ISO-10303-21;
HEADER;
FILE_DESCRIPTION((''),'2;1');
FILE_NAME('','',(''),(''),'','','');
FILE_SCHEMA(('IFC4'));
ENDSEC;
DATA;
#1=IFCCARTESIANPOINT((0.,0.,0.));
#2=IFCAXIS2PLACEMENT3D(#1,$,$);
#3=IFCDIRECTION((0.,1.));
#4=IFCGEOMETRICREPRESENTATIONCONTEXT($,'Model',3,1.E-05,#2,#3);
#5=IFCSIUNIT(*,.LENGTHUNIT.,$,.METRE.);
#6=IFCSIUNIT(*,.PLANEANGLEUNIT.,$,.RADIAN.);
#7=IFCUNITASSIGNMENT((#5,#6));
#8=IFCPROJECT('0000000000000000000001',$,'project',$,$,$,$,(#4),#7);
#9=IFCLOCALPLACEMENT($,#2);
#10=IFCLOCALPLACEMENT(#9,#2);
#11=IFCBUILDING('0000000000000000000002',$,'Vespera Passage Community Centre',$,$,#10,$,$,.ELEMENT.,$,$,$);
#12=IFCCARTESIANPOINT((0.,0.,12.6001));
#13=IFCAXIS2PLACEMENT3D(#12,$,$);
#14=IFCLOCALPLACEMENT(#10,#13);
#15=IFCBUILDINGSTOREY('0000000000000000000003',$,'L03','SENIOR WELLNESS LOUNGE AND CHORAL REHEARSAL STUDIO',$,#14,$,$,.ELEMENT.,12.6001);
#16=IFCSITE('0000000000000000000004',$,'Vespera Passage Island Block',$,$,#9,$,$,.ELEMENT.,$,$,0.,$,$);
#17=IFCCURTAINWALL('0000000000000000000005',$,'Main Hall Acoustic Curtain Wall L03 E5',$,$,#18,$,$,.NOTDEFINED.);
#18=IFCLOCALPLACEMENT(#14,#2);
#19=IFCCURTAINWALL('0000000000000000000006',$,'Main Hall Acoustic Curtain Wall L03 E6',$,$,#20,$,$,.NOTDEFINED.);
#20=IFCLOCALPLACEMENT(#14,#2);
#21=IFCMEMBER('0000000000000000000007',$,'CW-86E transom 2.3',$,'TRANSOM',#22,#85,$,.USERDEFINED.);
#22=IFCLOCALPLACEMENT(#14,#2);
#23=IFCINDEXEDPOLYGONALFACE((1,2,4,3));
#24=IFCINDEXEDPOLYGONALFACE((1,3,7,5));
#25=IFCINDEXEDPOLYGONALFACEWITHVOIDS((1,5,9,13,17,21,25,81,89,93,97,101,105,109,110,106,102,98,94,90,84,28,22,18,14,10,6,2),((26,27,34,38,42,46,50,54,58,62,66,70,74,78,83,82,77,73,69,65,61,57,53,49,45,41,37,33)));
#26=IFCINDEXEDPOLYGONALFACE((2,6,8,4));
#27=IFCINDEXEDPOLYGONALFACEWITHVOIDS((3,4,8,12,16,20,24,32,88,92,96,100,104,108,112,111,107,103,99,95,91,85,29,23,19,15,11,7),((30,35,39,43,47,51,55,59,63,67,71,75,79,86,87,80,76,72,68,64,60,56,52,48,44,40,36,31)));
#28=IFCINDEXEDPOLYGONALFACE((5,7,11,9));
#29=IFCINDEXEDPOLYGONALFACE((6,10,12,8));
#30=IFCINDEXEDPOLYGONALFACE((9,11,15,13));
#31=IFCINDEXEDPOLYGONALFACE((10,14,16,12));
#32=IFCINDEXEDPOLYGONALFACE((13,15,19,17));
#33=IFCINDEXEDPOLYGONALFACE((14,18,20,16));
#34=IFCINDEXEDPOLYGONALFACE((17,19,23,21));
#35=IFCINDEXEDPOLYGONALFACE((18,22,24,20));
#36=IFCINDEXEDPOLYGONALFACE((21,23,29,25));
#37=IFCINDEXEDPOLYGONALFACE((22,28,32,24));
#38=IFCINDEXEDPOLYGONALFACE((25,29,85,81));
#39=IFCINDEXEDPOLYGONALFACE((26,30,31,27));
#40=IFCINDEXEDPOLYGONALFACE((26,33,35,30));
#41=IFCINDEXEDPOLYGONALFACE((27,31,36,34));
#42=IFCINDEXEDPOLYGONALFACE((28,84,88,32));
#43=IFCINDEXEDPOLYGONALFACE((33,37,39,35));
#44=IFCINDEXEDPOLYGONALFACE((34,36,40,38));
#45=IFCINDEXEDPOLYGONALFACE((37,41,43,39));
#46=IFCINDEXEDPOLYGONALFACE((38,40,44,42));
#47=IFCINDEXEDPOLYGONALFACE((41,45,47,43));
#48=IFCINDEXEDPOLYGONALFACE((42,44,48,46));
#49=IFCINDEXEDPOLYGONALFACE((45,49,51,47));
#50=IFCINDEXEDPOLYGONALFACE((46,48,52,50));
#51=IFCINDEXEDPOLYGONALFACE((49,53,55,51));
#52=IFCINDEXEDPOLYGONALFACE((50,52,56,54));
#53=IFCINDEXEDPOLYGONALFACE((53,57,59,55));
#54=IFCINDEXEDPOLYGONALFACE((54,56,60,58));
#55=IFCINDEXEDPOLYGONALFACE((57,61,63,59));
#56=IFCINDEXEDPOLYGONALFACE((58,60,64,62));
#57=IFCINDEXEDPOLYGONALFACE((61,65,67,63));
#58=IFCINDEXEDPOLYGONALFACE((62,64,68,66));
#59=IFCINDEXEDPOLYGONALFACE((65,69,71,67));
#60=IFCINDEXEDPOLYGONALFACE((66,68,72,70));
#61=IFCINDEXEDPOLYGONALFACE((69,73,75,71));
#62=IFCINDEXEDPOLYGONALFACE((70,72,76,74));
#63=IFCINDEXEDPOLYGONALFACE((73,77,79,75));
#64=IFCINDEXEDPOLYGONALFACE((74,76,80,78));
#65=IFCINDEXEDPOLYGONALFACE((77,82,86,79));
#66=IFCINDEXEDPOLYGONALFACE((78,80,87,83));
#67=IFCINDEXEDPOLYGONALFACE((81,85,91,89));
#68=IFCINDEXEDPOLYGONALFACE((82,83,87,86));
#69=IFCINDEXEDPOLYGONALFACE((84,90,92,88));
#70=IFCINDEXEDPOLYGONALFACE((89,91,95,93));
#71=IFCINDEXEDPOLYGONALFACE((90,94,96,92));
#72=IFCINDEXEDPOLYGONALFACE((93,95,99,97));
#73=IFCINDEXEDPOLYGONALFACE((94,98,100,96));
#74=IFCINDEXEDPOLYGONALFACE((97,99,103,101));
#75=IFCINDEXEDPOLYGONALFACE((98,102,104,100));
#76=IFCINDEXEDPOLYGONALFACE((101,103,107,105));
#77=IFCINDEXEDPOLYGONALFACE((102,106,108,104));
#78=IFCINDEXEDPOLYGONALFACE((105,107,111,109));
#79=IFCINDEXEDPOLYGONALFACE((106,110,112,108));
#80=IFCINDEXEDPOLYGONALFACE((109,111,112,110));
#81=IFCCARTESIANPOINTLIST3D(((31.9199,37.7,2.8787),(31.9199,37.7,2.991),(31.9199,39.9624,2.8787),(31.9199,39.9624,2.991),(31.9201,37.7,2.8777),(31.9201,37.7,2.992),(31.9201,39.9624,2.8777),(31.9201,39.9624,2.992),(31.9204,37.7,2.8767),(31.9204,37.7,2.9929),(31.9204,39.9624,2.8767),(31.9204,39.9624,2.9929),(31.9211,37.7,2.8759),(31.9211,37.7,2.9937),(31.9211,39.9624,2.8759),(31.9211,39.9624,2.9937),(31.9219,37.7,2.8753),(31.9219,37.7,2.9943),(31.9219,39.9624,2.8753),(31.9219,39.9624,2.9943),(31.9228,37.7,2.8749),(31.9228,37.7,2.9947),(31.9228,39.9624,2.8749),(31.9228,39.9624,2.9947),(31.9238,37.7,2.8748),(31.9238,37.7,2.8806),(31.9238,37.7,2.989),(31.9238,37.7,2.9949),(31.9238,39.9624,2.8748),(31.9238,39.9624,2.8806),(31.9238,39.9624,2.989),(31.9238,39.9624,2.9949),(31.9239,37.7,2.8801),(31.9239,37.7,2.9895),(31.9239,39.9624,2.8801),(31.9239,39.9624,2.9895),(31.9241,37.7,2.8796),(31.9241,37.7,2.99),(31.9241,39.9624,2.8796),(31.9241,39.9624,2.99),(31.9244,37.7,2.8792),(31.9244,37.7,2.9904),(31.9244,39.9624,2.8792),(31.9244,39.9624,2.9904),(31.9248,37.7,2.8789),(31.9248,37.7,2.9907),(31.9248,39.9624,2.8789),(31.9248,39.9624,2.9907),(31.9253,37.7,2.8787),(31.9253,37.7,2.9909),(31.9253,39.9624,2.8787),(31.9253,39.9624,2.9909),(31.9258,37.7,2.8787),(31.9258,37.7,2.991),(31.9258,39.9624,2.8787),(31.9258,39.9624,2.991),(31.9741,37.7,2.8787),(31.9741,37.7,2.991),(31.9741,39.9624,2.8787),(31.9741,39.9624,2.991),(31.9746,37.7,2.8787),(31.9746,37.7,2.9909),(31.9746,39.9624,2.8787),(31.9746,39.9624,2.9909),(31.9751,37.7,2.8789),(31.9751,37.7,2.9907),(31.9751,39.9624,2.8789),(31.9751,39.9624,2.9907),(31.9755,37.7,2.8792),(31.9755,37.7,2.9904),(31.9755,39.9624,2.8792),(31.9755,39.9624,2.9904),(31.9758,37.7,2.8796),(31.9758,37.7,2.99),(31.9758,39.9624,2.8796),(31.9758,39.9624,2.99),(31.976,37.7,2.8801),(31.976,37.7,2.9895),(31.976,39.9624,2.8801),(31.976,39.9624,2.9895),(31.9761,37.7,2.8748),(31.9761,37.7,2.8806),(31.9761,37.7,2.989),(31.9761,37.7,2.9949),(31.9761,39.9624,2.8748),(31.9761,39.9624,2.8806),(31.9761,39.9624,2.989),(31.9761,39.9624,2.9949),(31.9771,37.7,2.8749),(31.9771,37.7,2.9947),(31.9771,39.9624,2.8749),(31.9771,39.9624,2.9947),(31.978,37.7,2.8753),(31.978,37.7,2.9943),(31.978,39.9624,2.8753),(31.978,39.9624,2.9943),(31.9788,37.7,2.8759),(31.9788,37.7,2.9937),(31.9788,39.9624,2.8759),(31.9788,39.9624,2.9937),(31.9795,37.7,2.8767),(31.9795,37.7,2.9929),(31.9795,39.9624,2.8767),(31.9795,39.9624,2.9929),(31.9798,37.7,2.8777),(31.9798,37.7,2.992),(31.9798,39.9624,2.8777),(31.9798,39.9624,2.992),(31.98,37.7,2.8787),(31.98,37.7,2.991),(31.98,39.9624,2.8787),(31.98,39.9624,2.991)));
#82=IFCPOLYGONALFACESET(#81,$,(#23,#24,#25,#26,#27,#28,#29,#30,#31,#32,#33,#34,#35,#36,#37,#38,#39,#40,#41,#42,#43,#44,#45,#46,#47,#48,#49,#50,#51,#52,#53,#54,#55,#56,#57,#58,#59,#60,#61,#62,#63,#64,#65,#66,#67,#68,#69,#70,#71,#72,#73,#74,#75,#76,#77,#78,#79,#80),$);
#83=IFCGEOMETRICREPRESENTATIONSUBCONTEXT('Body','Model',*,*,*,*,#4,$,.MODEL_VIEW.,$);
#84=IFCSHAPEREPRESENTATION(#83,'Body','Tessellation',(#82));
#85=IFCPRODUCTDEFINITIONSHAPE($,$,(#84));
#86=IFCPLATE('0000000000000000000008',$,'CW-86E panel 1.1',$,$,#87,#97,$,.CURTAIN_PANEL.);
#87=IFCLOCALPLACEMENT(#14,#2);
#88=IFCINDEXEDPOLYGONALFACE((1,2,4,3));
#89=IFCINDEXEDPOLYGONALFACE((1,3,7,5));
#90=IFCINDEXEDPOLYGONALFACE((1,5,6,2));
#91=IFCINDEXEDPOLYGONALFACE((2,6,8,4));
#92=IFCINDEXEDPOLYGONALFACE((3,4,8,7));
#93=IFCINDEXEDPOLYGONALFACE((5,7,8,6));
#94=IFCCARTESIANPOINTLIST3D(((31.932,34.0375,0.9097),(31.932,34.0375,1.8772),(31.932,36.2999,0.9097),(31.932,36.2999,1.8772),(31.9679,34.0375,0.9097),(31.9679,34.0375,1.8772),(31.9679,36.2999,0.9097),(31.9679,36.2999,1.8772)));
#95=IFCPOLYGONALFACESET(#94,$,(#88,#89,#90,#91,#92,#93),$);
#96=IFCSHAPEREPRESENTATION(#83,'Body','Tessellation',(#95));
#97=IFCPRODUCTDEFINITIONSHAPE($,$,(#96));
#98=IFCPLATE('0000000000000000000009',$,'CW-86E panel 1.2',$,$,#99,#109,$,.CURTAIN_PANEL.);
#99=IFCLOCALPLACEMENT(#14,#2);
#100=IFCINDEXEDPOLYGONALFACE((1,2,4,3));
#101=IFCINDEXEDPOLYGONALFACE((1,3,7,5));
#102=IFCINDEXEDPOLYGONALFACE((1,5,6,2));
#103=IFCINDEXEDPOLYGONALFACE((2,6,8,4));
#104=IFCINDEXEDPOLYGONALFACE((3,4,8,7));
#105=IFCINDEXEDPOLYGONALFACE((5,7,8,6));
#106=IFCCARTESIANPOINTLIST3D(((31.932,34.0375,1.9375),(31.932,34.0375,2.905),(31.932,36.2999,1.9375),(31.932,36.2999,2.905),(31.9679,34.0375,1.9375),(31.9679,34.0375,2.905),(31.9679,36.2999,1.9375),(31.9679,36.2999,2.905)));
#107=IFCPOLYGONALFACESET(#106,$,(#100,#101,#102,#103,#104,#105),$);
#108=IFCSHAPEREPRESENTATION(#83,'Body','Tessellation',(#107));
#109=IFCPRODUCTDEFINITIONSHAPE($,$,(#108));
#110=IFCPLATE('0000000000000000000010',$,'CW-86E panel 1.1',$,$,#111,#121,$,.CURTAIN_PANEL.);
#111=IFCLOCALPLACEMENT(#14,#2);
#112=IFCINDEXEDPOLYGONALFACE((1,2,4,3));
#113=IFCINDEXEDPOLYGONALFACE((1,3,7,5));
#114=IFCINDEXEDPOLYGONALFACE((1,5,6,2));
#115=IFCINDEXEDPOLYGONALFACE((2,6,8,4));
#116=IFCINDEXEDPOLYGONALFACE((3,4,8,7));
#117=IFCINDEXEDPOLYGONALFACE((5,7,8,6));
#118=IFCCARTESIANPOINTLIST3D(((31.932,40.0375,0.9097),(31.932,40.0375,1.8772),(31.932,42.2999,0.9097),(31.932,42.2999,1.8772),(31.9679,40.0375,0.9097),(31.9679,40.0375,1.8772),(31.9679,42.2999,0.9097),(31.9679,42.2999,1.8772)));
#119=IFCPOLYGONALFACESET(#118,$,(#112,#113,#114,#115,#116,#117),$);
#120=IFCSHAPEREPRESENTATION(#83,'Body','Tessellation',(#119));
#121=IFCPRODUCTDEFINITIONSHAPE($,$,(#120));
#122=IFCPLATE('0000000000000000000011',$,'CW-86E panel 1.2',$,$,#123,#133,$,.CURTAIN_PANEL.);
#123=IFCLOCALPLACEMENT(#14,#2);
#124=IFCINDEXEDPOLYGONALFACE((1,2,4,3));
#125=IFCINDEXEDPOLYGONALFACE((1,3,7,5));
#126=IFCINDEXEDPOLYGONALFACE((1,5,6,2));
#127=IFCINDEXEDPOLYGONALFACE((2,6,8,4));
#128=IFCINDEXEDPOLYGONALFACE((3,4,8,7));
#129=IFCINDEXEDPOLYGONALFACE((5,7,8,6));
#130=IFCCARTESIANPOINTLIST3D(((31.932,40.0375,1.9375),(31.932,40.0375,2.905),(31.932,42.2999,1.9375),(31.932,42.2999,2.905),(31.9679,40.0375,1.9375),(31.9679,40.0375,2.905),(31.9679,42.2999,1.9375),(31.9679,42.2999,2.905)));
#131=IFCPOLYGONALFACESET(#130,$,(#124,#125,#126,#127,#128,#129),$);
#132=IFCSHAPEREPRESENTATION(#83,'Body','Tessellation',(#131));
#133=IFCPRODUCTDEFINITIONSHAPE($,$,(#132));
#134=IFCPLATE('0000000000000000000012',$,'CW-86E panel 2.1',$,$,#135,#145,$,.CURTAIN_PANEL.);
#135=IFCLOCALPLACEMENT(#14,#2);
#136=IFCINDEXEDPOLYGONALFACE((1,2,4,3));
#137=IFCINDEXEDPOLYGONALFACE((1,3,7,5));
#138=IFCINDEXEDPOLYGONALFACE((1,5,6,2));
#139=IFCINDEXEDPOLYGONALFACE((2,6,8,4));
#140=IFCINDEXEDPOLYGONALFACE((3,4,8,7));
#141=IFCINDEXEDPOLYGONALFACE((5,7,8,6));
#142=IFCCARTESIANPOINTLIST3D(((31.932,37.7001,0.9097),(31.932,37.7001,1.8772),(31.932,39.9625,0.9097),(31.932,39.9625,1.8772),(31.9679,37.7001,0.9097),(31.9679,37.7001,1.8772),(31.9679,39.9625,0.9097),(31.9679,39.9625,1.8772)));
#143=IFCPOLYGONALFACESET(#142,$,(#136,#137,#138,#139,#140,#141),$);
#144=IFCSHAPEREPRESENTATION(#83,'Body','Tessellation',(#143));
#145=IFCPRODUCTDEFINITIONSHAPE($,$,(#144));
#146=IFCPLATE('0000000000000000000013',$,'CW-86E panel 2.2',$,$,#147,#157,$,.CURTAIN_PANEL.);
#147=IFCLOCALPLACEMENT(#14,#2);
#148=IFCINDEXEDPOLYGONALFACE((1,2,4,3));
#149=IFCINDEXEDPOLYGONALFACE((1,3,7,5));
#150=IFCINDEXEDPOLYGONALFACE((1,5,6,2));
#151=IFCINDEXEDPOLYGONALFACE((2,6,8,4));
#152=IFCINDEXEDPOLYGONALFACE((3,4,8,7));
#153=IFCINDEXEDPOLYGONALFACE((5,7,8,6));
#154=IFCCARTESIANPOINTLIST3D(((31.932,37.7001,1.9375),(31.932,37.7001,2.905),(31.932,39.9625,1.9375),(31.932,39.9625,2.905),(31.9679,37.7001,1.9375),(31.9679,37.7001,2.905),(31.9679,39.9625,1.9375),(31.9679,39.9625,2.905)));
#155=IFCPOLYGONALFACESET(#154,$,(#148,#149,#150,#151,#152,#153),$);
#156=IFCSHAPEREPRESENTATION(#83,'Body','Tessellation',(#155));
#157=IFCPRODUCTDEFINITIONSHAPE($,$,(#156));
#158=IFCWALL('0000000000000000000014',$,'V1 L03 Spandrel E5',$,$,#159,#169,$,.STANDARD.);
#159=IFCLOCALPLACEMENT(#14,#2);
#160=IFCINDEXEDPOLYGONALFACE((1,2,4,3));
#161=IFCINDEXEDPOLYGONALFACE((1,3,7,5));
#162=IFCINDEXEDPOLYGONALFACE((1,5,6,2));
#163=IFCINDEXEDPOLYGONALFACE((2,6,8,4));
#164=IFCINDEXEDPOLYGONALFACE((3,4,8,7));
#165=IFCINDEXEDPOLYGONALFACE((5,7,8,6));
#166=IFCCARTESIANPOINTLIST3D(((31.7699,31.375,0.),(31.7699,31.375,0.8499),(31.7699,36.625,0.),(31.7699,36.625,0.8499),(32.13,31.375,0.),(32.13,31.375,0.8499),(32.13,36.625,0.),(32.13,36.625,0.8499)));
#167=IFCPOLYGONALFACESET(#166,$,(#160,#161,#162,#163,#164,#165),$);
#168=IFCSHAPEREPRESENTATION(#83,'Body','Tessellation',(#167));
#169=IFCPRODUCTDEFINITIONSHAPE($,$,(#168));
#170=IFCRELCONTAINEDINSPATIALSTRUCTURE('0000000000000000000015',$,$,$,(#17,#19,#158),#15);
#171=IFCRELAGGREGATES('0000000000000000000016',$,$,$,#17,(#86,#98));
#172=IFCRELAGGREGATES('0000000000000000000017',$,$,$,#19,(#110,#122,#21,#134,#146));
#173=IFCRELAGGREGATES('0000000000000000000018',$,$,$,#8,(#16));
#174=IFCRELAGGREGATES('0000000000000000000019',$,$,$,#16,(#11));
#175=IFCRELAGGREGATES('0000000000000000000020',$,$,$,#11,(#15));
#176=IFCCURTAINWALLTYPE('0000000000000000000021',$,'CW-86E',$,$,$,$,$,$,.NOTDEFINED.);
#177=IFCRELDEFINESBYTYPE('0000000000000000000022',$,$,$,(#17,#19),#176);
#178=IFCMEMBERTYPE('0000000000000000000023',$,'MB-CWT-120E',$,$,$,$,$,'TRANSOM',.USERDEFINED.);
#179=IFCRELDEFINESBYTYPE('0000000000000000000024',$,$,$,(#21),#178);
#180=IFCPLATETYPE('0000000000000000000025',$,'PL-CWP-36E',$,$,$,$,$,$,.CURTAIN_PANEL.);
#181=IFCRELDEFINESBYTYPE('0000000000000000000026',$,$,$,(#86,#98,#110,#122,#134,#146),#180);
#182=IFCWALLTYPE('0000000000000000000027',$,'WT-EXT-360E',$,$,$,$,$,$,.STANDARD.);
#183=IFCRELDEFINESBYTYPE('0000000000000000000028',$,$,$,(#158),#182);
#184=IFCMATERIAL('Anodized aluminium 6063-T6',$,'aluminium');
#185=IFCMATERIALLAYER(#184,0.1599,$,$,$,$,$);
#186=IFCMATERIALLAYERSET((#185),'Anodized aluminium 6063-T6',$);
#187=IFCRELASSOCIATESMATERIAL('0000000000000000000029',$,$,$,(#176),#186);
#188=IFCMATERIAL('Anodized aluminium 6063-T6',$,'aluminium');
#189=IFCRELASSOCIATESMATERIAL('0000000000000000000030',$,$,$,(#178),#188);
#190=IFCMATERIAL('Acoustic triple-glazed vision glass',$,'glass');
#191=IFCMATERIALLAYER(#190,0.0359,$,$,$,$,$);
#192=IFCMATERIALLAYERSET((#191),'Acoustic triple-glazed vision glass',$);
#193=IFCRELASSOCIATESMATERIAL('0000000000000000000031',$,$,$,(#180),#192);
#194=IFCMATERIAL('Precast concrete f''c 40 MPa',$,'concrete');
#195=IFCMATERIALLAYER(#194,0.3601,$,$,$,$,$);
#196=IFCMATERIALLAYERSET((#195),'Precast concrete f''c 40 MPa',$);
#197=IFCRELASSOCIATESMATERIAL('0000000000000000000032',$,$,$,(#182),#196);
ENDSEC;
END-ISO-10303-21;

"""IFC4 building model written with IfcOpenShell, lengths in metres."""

from ifc_helpers import new_model, si_unit, direction, frame, frame_2d, origin, origin_2d, place, context, subcontext, project, spatial, rectangle, hollow_rectangle, extrude, material, layer, layer_set, material_profile, profile_set, type_object, element, aggregate, save


model = new_model("IFC4")

# Units and contexts
model_context = context("Model", 3, precision=1e-05, world=origin(), true_north=direction((0.0, 1.0)))
body_context = subcontext(model_context, "Body", "Model", "MODEL_VIEW")
ifc_project = project(units=[si_unit("LENGTHUNIT", "METRE"), si_unit("PLANEANGLEUNIT", "RADIAN")], contexts=[model_context])

# Site, building, storey
site_placement = place(None, origin())
site = spatial("IfcSite", under=ifc_project, at=site_placement, Name="Vespera Passage Island Block", CompositionType="ELEMENT", RefElevation=0.0)
building_placement = place(site_placement, origin())
building = spatial("IfcBuilding", under=site, at=building_placement, Name="Vespera Passage Community Centre", CompositionType="ELEMENT")
storey_placement = place(building_placement, frame((0.0, 0.0, 12.6001)))
storey = spatial("IfcBuildingStorey", under=building, at=storey_placement, Name="L03", Description="SENIOR WELLNESS LOUNGE AND CHORAL REHEARSAL STUDIO", CompositionType="ELEMENT", Elevation=12.6001)

# Curtain walls
ifc_material_1 = material(Name="Anodized aluminium 6063-T6", Category="aluminium")
ifc_layer_1 = layer(ifc_material_1, 0.1599)
ifc_layer_set_1 = layer_set([ifc_layer_1], Name="Anodized aluminium 6063-T6")
curtain_wall_type = type_object("IfcCurtainWallType", Name="CW-86E", PredefinedType="NOTDEFINED", material=ifc_layer_set_1)
curtain_wall_1_placement = place(storey_placement, origin())
curtain_wall_1 = element("IfcCurtainWall", 1, at=curtain_wall_1_placement, inside=storey, type_object=curtain_wall_type, Name="Main Hall Acoustic Curtain Wall L03 E5", PredefinedType="NOTDEFINED")
curtain_wall_2_placement = place(storey_placement, origin())
curtain_wall_2 = element("IfcCurtainWall", 2, at=curtain_wall_2_placement, inside=storey, type_object=curtain_wall_type, Name="Main Hall Acoustic Curtain Wall L03 E6", PredefinedType="NOTDEFINED")

# Member
ifc_material_2 = material(Name="Anodized aluminium 6063-T6", Category="aluminium")
ifc_material_profile_1 = material_profile(ifc_material_2, hollow_rectangle(XDim=0.0601, YDim=0.1201, WallThickness=0.0039, InnerFilletRadius=0.002, OuterFilletRadius=0.0039, at=origin_2d()), Name="ALU120X60X4")
ifc_profile_set_1 = profile_set([ifc_material_profile_1], Name="Anodized aluminium 6063-T6")
member_type_1 = type_object("IfcMemberType", Name="MB-CWT-120E", ElementType="TRANSOM", PredefinedType="USERDEFINED", material=ifc_profile_set_1)
member_1_placement = place(storey_placement, frame((31.95, 39.9624, 2.9348), z_axis=(0.0, -1.0, 0.0), x_axis=(1.0, 0.0, 0.0)))
member_1 = element("IfcMember", 3, at=member_1_placement, type_object=member_type_1, Name="CW-86E transom 2.3", ObjectType="TRANSOM", PredefinedType="USERDEFINED", context=body_context, shape_type="SweptSolid", body=[
    extrude(hollow_rectangle(XDim=0.0601, YDim=0.1201, WallThickness=0.0039, InnerFilletRadius=0.002, OuterFilletRadius=0.0039, at=origin_2d()), origin(), (0.0, 0.0, 1.0), 2.2625),
])

# Plates
ifc_material_3 = material(Name="Acoustic triple-glazed vision glass", Category="glass")
ifc_layer_2 = layer(ifc_material_3, 0.0359)
ifc_layer_set_2 = layer_set([ifc_layer_2], Name="Acoustic triple-glazed vision glass")
plate_type = type_object("IfcPlateType", Name="PL-CWP-36E", PredefinedType="CURTAIN_PANEL", material=ifc_layer_set_2)
plate_1_placement = place(storey_placement, frame((31.95, 35.1687, 0.9097), z_axis=(0.0, 0.0, 1.0), x_axis=(0.0, -1.0, 0.0)))
plate_1 = element("IfcPlate", 4, at=plate_1_placement, type_object=plate_type, Name="CW-86E panel 1.1", PredefinedType="CURTAIN_PANEL", context=body_context, shape_type="SweptSolid", body=[
    extrude(rectangle(XDim=2.2625, YDim=0.0359, at=origin_2d()), origin(), (0.0, 0.0, 1.0), 0.9675),
])
plate_2_placement = place(storey_placement, frame((31.95, 35.1687, 1.9375), z_axis=(0.0, 0.0, 1.0), x_axis=(0.0, -1.0, 0.0)))
plate_2 = element("IfcPlate", 5, at=plate_2_placement, type_object=plate_type, Name="CW-86E panel 1.2", PredefinedType="CURTAIN_PANEL", context=body_context, shape_type="SweptSolid", body=[
    extrude(rectangle(XDim=2.2625, YDim=0.0359, at=origin_2d()), origin(), (0.0, 0.0, 1.0), 0.9675),
])
aggregate(curtain_wall_1, [plate_1, plate_2])
plate_3_placement = place(storey_placement, frame((31.95, 41.1687, 0.9097), z_axis=(0.0, 0.0, 1.0), x_axis=(0.0, -1.0, 0.0)))
plate_3 = element("IfcPlate", 6, at=plate_3_placement, type_object=plate_type, Name="CW-86E panel 1.1", PredefinedType="CURTAIN_PANEL", context=body_context, shape_type="SweptSolid", body=[
    extrude(rectangle(XDim=2.2625, YDim=0.0359, at=origin_2d()), origin(), (0.0, 0.0, 1.0), 0.9675),
])
plate_4_placement = place(storey_placement, frame((31.95, 41.1687, 1.9375), z_axis=(0.0, 0.0, 1.0), x_axis=(0.0, -1.0, 0.0)))
plate_4 = element("IfcPlate", 7, at=plate_4_placement, type_object=plate_type, Name="CW-86E panel 1.2", PredefinedType="CURTAIN_PANEL", context=body_context, shape_type="SweptSolid", body=[
    extrude(rectangle(XDim=2.2625, YDim=0.0359, at=origin_2d()), origin(), (0.0, 0.0, 1.0), 0.9675),
])
plate_5_placement = place(storey_placement, frame((31.95, 38.8313, 0.9097), z_axis=(0.0, 0.0, 1.0), x_axis=(0.0, -1.0, 0.0)))
plate_5 = element("IfcPlate", 8, at=plate_5_placement, type_object=plate_type, Name="CW-86E panel 2.1", PredefinedType="CURTAIN_PANEL", context=body_context, shape_type="SweptSolid", body=[
    extrude(rectangle(XDim=2.2625, YDim=0.0359, at=origin_2d()), origin(), (0.0, 0.0, 1.0), 0.9675),
])
plate_6_placement = place(storey_placement, frame((31.95, 38.8313, 1.9375), z_axis=(0.0, 0.0, 1.0), x_axis=(0.0, -1.0, 0.0)))
plate_6 = element("IfcPlate", 9, at=plate_6_placement, type_object=plate_type, Name="CW-86E panel 2.2", PredefinedType="CURTAIN_PANEL", context=body_context, shape_type="SweptSolid", body=[
    extrude(rectangle(XDim=2.2625, YDim=0.0359, at=origin_2d()), origin(), (0.0, 0.0, 1.0), 0.9675),
])
aggregate(curtain_wall_2, [plate_3, plate_4, member_1, plate_5, plate_6])

# Wall
ifc_material_4 = material(Name="Precast concrete f'c 40 MPa", Category="concrete")
ifc_layer_3 = layer(ifc_material_4, 0.3601)
ifc_layer_set_3 = layer_set([ifc_layer_3], Name="Precast concrete f'c 40 MPa")
wall_type = type_object("IfcWallType", Name="WT-EXT-360E", PredefinedType="STANDARD", material=ifc_layer_set_3)
wall_placement = place(storey_placement, frame((31.95, 36.625, 0.0), z_axis=(0.0, 0.0, 1.0), x_axis=(0.0, -1.0, 0.0)))
element("IfcWall", 10, at=wall_placement, inside=storey, type_object=wall_type, Name="V1 L03 Spandrel E5", PredefinedType="STANDARD", context=body_context, shape_type="SweptSolid", body=[
    extrude(rectangle(XDim=5.25, YDim=0.3601, at=frame_2d((2.625, 0.0))), origin(), (0.0, 0.0, 1.0), 0.8499),
])

save(model, "model.ifc")
